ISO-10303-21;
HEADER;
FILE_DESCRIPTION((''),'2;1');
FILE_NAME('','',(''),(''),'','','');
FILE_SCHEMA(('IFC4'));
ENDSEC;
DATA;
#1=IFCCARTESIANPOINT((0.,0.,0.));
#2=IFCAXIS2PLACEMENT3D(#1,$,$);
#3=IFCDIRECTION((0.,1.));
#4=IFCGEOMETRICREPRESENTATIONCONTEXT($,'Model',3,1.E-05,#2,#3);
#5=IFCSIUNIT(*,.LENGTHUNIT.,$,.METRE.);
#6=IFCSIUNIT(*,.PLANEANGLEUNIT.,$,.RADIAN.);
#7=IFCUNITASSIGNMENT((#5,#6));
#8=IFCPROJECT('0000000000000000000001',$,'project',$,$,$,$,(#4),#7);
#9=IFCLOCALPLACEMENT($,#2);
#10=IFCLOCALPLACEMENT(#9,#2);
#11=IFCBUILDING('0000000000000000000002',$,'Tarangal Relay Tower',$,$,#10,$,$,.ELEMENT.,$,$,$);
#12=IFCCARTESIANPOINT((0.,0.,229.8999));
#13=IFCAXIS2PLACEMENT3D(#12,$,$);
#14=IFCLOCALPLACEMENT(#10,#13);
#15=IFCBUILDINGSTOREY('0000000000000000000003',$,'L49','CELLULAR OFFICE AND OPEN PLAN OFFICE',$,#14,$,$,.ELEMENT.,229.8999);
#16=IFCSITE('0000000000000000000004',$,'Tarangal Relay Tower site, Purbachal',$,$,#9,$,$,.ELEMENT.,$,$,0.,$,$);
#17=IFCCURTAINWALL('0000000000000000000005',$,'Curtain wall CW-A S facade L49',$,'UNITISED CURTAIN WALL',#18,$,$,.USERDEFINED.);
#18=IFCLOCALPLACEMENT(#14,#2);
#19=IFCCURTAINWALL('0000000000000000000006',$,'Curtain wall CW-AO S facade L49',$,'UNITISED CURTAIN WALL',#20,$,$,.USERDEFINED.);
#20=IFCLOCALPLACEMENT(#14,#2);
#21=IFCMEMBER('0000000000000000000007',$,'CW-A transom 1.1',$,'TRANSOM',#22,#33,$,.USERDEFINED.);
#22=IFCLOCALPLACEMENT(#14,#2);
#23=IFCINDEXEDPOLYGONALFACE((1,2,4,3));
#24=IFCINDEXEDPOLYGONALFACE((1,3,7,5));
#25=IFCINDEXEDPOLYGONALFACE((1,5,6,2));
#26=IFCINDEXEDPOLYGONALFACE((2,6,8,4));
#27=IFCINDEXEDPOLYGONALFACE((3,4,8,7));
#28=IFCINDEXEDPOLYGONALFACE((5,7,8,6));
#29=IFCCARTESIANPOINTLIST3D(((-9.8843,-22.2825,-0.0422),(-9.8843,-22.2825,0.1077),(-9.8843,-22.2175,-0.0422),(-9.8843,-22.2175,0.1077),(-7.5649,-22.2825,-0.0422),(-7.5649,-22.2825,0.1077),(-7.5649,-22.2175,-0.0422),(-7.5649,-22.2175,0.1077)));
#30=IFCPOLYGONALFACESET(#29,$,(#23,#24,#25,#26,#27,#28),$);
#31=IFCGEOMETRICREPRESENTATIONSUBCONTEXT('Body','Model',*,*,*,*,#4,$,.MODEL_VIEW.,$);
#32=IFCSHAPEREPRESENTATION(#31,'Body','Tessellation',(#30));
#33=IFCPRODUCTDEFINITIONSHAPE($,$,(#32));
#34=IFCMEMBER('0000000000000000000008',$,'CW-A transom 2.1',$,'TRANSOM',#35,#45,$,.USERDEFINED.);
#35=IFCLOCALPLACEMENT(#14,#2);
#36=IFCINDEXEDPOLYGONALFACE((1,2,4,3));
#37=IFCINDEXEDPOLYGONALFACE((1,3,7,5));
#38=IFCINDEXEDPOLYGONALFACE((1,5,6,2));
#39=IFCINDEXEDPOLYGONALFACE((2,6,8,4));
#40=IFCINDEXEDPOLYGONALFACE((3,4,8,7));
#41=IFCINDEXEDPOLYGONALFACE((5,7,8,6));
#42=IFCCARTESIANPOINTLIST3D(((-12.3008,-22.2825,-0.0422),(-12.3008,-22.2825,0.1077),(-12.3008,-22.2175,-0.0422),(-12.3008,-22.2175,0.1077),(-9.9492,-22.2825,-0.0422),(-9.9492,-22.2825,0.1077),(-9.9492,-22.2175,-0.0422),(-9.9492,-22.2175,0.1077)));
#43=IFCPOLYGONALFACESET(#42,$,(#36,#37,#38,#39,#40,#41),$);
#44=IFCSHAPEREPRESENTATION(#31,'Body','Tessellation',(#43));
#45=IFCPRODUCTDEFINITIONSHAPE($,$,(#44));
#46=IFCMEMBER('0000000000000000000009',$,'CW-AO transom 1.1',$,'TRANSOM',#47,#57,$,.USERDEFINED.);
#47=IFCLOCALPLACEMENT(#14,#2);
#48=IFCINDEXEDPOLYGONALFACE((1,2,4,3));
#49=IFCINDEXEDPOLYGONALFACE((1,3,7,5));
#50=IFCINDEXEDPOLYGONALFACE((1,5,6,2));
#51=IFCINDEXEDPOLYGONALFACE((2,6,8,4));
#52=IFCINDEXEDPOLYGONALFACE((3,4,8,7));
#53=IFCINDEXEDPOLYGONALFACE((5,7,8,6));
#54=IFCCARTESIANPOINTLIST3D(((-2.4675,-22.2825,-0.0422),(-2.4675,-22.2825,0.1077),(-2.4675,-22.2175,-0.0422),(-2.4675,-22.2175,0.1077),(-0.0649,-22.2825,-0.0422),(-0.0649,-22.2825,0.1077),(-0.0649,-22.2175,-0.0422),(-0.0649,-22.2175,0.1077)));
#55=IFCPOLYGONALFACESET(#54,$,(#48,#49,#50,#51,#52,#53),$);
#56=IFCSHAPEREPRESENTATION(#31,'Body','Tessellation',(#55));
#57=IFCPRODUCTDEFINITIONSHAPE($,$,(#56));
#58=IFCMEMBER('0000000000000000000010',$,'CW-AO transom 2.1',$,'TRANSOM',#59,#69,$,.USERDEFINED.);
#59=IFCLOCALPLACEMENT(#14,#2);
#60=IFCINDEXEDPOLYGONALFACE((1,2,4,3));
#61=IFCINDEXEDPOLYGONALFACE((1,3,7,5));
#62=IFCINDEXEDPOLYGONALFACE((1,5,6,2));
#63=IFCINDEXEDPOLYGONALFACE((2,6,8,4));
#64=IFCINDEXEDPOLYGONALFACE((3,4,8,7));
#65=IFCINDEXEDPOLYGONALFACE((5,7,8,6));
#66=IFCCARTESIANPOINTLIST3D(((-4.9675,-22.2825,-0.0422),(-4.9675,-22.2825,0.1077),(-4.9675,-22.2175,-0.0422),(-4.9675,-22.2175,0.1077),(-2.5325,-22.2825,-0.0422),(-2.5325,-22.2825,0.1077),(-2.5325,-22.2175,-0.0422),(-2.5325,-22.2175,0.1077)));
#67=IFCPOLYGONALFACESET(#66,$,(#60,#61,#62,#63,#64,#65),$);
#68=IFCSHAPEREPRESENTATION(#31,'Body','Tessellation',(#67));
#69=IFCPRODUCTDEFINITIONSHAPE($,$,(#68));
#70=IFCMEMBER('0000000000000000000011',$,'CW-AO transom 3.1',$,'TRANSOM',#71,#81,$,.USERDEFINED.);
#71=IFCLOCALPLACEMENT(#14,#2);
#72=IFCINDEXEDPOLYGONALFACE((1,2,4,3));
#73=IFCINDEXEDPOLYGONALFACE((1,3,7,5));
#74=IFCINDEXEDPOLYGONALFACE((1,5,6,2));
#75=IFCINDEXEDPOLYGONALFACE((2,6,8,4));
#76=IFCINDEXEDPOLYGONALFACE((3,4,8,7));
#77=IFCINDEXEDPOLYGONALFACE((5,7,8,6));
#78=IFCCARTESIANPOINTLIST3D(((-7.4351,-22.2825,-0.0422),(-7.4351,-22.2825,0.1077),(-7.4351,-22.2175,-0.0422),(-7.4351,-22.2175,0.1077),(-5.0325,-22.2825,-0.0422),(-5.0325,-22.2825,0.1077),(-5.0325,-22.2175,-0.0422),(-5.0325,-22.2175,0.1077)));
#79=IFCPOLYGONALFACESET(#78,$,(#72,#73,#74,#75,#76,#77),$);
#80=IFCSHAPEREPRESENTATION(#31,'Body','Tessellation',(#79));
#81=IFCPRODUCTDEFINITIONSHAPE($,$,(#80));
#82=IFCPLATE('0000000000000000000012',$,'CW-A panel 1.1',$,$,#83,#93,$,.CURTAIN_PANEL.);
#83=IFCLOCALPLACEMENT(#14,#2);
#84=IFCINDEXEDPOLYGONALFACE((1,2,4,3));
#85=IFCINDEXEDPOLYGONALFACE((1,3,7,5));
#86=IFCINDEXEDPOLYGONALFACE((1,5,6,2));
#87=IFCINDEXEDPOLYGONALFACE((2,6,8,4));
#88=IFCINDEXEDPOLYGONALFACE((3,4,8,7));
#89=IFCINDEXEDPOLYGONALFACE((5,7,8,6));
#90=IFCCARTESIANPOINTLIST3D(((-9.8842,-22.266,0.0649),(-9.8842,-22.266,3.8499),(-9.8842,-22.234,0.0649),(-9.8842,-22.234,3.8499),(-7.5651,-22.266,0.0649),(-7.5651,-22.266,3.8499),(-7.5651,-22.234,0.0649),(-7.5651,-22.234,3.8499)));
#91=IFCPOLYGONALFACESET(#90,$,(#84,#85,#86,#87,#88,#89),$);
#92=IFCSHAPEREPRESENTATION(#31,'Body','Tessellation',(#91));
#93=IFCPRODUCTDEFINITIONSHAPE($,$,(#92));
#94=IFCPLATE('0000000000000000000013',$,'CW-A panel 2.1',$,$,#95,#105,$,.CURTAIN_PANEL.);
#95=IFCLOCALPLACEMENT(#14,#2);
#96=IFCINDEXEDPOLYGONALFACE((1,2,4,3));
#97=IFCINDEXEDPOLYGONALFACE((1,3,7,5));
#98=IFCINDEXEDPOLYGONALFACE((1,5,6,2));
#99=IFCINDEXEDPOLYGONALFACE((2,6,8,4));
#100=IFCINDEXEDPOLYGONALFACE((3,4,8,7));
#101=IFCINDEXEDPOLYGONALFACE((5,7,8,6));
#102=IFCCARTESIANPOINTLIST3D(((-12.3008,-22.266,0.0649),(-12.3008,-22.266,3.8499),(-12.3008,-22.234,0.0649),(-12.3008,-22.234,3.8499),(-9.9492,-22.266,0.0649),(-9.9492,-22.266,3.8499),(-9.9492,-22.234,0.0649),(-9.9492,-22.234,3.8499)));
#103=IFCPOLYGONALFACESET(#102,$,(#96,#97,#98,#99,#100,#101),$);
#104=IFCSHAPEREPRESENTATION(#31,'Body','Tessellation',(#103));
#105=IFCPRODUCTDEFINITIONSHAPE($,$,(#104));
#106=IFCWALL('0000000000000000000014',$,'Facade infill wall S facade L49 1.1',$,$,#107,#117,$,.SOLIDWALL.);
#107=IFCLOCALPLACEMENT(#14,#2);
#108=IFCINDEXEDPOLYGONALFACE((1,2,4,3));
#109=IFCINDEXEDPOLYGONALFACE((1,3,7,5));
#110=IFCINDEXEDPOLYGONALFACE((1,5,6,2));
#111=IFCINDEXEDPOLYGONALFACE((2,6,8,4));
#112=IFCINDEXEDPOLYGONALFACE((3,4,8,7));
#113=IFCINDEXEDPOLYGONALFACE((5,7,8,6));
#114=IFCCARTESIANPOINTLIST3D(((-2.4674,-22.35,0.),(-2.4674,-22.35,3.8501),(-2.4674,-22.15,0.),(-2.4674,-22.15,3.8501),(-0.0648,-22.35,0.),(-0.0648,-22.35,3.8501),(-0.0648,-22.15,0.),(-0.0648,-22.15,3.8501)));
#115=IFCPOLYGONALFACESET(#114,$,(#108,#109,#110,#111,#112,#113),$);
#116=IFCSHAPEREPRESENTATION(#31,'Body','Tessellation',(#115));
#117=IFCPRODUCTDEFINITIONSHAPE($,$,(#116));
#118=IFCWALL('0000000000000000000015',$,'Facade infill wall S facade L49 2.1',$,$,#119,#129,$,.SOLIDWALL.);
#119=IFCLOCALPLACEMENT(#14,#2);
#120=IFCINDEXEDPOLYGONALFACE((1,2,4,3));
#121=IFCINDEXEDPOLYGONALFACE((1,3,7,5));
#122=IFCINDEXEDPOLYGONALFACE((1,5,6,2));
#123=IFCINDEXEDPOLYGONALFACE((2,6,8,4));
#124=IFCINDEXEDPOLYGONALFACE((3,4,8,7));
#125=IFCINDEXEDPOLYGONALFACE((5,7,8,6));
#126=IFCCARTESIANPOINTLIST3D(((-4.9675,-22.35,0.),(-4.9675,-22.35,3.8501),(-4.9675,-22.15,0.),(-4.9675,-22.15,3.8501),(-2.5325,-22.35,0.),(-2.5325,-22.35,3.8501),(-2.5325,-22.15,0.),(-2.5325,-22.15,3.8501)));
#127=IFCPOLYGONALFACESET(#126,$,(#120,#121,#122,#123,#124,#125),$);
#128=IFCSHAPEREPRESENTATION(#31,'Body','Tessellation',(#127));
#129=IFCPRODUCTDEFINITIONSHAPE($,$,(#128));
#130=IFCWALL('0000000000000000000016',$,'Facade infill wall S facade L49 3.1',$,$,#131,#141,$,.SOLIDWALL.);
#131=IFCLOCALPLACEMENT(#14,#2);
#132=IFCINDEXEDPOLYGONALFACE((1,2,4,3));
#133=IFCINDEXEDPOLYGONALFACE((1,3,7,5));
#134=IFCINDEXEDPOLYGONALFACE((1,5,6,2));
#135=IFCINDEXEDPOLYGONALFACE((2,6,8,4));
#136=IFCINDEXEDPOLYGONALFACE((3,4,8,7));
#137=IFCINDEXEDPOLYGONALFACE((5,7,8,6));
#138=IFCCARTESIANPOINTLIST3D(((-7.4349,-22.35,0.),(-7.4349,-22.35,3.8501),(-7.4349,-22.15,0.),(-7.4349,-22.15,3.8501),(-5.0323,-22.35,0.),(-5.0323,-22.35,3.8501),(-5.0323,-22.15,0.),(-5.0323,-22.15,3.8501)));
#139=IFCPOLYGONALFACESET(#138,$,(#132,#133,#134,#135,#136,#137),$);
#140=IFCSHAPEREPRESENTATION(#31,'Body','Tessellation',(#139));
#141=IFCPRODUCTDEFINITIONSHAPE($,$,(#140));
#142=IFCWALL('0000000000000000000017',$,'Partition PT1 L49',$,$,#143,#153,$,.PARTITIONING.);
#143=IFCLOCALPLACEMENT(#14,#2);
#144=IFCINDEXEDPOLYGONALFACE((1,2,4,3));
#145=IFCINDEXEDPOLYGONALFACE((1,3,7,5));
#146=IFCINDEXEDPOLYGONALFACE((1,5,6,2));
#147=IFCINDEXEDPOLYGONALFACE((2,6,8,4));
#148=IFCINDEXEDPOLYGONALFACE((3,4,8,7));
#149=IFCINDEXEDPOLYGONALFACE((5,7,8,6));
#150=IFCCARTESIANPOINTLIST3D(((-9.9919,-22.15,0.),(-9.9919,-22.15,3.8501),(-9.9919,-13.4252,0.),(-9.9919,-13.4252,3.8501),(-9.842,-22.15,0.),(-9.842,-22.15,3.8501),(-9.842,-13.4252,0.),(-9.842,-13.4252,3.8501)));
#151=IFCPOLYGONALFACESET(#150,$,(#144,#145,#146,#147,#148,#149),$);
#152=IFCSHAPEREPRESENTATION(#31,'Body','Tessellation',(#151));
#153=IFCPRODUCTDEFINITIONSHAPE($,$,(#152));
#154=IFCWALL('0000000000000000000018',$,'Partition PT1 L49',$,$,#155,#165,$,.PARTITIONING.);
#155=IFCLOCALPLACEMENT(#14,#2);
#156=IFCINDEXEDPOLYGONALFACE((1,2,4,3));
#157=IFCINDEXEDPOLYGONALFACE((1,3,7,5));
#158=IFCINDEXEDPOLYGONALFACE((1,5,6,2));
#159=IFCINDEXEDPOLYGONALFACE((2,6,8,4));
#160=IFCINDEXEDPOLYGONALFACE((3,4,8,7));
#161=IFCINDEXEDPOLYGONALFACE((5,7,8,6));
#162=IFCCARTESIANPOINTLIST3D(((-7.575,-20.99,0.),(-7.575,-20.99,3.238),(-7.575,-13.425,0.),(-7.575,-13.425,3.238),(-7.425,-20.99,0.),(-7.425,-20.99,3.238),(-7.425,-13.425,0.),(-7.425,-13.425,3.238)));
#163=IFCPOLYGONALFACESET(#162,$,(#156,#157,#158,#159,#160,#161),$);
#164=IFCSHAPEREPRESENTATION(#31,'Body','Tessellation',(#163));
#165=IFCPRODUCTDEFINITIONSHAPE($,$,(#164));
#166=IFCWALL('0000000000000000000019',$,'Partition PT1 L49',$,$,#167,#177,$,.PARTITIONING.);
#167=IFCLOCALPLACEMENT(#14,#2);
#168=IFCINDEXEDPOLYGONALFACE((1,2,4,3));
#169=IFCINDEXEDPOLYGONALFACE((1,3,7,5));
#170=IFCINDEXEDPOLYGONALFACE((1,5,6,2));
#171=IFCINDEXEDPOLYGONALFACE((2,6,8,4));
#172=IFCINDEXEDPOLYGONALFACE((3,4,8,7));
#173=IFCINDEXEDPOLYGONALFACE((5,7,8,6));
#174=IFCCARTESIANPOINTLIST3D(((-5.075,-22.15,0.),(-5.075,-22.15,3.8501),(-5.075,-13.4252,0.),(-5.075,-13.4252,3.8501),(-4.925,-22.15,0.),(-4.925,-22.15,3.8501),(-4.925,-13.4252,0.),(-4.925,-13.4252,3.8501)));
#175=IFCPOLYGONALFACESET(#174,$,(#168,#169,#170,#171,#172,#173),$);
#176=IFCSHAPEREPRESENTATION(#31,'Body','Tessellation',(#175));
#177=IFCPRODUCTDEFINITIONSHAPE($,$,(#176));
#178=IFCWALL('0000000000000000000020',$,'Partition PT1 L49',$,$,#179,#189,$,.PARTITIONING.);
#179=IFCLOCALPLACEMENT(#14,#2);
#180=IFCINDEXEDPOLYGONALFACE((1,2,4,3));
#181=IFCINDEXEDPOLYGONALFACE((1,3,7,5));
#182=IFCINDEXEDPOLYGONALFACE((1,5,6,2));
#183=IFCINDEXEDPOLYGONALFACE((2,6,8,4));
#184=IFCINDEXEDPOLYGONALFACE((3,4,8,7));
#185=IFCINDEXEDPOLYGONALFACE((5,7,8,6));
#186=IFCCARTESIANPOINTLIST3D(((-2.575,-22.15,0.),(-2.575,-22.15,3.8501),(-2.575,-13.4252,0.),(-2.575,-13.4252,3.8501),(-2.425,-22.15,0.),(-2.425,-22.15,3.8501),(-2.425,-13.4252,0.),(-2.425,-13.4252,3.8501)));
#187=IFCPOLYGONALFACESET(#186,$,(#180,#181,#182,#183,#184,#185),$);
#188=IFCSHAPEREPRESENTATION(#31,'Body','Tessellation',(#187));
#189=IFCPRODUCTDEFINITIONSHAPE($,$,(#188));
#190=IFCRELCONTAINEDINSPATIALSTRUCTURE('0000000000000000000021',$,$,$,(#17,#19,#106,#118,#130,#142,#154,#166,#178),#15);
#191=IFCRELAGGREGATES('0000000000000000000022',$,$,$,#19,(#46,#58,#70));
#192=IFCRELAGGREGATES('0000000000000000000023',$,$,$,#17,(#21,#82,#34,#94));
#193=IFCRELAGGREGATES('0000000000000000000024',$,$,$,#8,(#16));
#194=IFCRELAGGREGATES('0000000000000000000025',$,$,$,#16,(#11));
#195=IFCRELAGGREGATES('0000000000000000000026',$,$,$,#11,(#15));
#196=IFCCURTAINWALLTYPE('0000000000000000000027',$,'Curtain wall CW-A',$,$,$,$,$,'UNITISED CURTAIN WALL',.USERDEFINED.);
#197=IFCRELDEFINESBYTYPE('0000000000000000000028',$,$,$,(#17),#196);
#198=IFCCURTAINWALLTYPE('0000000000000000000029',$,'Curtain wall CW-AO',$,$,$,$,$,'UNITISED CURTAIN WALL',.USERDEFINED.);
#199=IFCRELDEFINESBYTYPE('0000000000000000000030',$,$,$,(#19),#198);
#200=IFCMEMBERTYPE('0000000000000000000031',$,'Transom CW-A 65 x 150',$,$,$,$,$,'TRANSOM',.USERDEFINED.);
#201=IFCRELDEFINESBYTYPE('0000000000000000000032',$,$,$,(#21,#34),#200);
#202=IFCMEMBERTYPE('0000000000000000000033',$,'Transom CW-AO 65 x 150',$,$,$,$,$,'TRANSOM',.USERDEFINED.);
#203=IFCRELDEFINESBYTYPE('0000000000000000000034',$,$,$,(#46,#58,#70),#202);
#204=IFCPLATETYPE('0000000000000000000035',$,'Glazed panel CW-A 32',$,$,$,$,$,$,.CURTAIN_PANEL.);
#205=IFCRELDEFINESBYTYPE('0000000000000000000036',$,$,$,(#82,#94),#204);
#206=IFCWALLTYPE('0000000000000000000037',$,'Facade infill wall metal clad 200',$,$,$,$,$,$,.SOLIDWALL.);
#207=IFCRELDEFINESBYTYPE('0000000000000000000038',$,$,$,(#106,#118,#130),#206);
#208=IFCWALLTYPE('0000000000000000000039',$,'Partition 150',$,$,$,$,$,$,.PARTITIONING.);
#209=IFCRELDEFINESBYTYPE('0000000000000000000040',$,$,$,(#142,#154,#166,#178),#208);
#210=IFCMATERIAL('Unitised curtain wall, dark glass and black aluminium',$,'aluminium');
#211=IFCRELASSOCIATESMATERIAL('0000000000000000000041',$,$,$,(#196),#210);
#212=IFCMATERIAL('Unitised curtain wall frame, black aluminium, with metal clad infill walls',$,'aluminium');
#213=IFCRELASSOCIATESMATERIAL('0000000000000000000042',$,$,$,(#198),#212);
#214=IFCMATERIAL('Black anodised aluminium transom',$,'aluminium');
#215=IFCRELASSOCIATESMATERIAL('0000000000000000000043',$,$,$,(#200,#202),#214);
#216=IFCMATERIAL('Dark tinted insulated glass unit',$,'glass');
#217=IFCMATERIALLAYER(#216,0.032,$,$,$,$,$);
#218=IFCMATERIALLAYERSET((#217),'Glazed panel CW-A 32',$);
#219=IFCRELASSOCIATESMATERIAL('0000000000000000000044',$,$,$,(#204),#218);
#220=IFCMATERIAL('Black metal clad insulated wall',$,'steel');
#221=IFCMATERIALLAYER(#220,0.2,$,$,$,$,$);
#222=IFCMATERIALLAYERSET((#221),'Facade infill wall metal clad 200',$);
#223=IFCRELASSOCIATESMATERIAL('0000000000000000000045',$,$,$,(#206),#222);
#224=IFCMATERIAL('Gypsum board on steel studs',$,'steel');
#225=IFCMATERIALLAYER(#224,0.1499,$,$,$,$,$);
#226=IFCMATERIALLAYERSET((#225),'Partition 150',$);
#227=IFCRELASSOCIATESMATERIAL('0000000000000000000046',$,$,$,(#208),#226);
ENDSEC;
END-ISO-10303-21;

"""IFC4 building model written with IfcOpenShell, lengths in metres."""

from ifc_helpers import new_model, si_unit, direction, frame, frame_2d, origin, origin_2d, place, context, subcontext, project, spatial, rectangle, extrude, material, layer, layer_set, material_profile, profile_set, type_object, element, aggregate, save


model = new_model("IFC4")

# Units and contexts
model_context = context("Model", 3, precision=1e-05, world=origin(), true_north=direction((0.0, 1.0)))
body_context = subcontext(model_context, "Body", "Model", "MODEL_VIEW")
ifc_project = project(units=[si_unit("LENGTHUNIT", "METRE"), si_unit("PLANEANGLEUNIT", "RADIAN")], contexts=[model_context])

# Site, building, storey
site_placement = place(None, origin())
site = spatial("IfcSite", under=ifc_project, at=site_placement, Name="Tarangal Relay Tower site, Purbachal", CompositionType="ELEMENT", RefElevation=0.0)
building_placement = place(site_placement, origin())
building = spatial("IfcBuilding", under=site, at=building_placement, Name="Tarangal Relay Tower", CompositionType="ELEMENT")
storey_placement = place(building_placement, frame((0.0, 0.0, 229.8999)))
storey = spatial("IfcBuildingStorey", under=building, at=storey_placement, Name="L49", Description="CELLULAR OFFICE AND OPEN PLAN OFFICE", CompositionType="ELEMENT", Elevation=229.8999)

# Curtain walls
ifc_material_1 = material(Name="Unitised curtain wall, dark glass and black aluminium", Category="aluminium")
curtain_wall_type_1 = type_object("IfcCurtainWallType", Name="Curtain wall CW-A", ElementType="UNITISED CURTAIN WALL", PredefinedType="USERDEFINED", material=ifc_material_1)
curtain_wall_1_placement = place(storey_placement, origin())
curtain_wall_1 = element("IfcCurtainWall", 1, at=curtain_wall_1_placement, inside=storey, type_object=curtain_wall_type_1, Name="Curtain wall CW-A S facade L49", ObjectType="UNITISED CURTAIN WALL", PredefinedType="USERDEFINED")
ifc_material_2 = material(Name="Unitised curtain wall frame, black aluminium, with metal clad infill walls", Category="aluminium")
curtain_wall_type_2 = type_object("IfcCurtainWallType", Name="Curtain wall CW-AO", ElementType="UNITISED CURTAIN WALL", PredefinedType="USERDEFINED", material=ifc_material_2)
curtain_wall_2_placement = place(storey_placement, origin())
curtain_wall_2 = element("IfcCurtainWall", 2, at=curtain_wall_2_placement, inside=storey, type_object=curtain_wall_type_2, Name="Curtain wall CW-AO S facade L49", ObjectType="UNITISED CURTAIN WALL", PredefinedType="USERDEFINED")

# Members
ifc_material_3 = material(Name="Black anodised aluminium transom", Category="aluminium")
ifc_material_profile_1 = material_profile(ifc_material_3, rectangle(XDim=0.0649, YDim=0.1499, at=origin_2d()), Name="CW-AT 65X150")
ifc_profile_set_1 = profile_set([ifc_material_profile_1], Name="Black anodised aluminium transom")
member_type_1 = type_object("IfcMemberType", Name="Transom CW-A 65 x 150", ElementType="TRANSOM", PredefinedType="USERDEFINED", material=ifc_profile_set_1)
member_1_placement = place(storey_placement, frame((-7.5649, -22.25, 0.0327), z_axis=(-1.0, 0.0, 0.0), x_axis=(0.0, -1.0, 0.0)))
member_1 = element("IfcMember", 3, at=member_1_placement, type_object=member_type_1, Name="CW-A transom 1.1", ObjectType="TRANSOM", PredefinedType="USERDEFINED", context=body_context, shape_type="SweptSolid", body=[
    extrude(rectangle(XDim=0.0649, YDim=0.1499, at=origin_2d()), origin(), (0.0, 0.0, 1.0), 2.3193),
])
member_2_placement = place(storey_placement, frame((-9.9492, -22.25, 0.0327), z_axis=(-1.0, 0.0, 0.0), x_axis=(0.0, -1.0, 0.0)))
member_2 = element("IfcMember", 4, at=member_2_placement, type_object=member_type_1, Name="CW-A transom 2.1", ObjectType="TRANSOM", PredefinedType="USERDEFINED", context=body_context, shape_type="SweptSolid", body=[
    extrude(rectangle(XDim=0.0649, YDim=0.1499, at=origin_2d()), origin(), (0.0, 0.0, 1.0), 2.3516),
])
ifc_material_profile_2 = material_profile(ifc_material_3, rectangle(XDim=0.0649, YDim=0.1499, at=origin_2d()), Name="CW-AOT 65X150")
ifc_profile_set_2 = profile_set([ifc_material_profile_2], Name="Black anodised aluminium transom")
member_type_2 = type_object("IfcMemberType", Name="Transom CW-AO 65 x 150", ElementType="TRANSOM", PredefinedType="USERDEFINED", material=ifc_profile_set_2)
member_3_placement = place(storey_placement, frame((-0.0649, -22.25, 0.0327), z_axis=(-1.0, 0.0, 0.0), x_axis=(0.0, -1.0, 0.0)))
member_3 = element("IfcMember", 5, at=member_3_placement, type_object=member_type_2, Name="CW-AO transom 1.1", ObjectType="TRANSOM", PredefinedType="USERDEFINED", context=body_context, shape_type="SweptSolid", body=[
    extrude(rectangle(XDim=0.0649, YDim=0.1499, at=origin_2d()), origin(), (0.0, 0.0, 1.0), 2.4026),
])
member_4_placement = place(storey_placement, frame((-2.5325, -22.25, 0.0327), z_axis=(-1.0, 0.0, 0.0), x_axis=(0.0, -1.0, 0.0)))
member_4 = element("IfcMember", 6, at=member_4_placement, type_object=member_type_2, Name="CW-AO transom 2.1", ObjectType="TRANSOM", PredefinedType="USERDEFINED", context=body_context, shape_type="SweptSolid", body=[
    extrude(rectangle(XDim=0.0649, YDim=0.1499, at=origin_2d()), origin(), (0.0, 0.0, 1.0), 2.4351),
])
member_5_placement = place(storey_placement, frame((-5.0325, -22.25, 0.0327), z_axis=(-1.0, 0.0, 0.0), x_axis=(0.0, -1.0, 0.0)))
member_5 = element("IfcMember", 7, at=member_5_placement, type_object=member_type_2, Name="CW-AO transom 3.1", ObjectType="TRANSOM", PredefinedType="USERDEFINED", context=body_context, shape_type="SweptSolid", body=[
    extrude(rectangle(XDim=0.0649, YDim=0.1499, at=origin_2d()), origin(), (0.0, 0.0, 1.0), 2.4026),
])
aggregate(curtain_wall_2, [member_3, member_4, member_5])

# Plates
ifc_material_4 = material(Name="Dark tinted insulated glass unit", Category="glass")
ifc_layer_1 = layer(ifc_material_4, 0.032)
ifc_layer_set_1 = layer_set([ifc_layer_1], Name="Glazed panel CW-A 32")
plate_type = type_object("IfcPlateType", Name="Glazed panel CW-A 32", PredefinedType="CURTAIN_PANEL", material=ifc_layer_set_1)
plate_1_placement = place(storey_placement, frame((-8.7246, -22.25, 0.0649), z_axis=(0.0, 0.0, 1.0), x_axis=(-1.0, 0.0, 0.0)))
plate_1 = element("IfcPlate", 8, at=plate_1_placement, type_object=plate_type, Name="CW-A panel 1.1", PredefinedType="CURTAIN_PANEL", context=body_context, shape_type="SweptSolid", body=[
    extrude(rectangle(XDim=2.3191, YDim=0.032, at=origin_2d()), origin(), (0.0, 0.0, 1.0), 3.7849),
])
plate_2_placement = place(storey_placement, frame((-11.125, -22.25, 0.0649), z_axis=(0.0, 0.0, 1.0), x_axis=(-1.0, 0.0, 0.0)))
plate_2 = element("IfcPlate", 9, at=plate_2_placement, type_object=plate_type, Name="CW-A panel 2.1", PredefinedType="CURTAIN_PANEL", context=body_context, shape_type="SweptSolid", body=[
    extrude(rectangle(XDim=2.3516, YDim=0.032, at=origin_2d()), origin(), (0.0, 0.0, 1.0), 3.7849),
])
aggregate(curtain_wall_1, [member_1, plate_1, member_2, plate_2])

# Walls
ifc_material_5 = material(Name="Black metal clad insulated wall", Category="steel")
ifc_layer_2 = layer(ifc_material_5, 0.2)
ifc_layer_set_2 = layer_set([ifc_layer_2], Name="Facade infill wall metal clad 200")
wall_type_1 = type_object("IfcWallType", Name="Facade infill wall metal clad 200", PredefinedType="SOLIDWALL", material=ifc_layer_set_2)
wall_1_placement = place(storey_placement, frame((-0.0649, -22.25, 0.0), z_axis=(0.0, 0.0, 1.0), x_axis=(-1.0, 0.0, 0.0)))
element("IfcWall", 10, at=wall_1_placement, inside=storey, type_object=wall_type_1, Name="Facade infill wall S facade L49 1.1", PredefinedType="SOLIDWALL", context=body_context, shape_type="SweptSolid", body=[
    extrude(rectangle(XDim=2.4026, YDim=0.2, at=frame_2d((1.2012, 0.0))), origin(), (0.0, 0.0, 1.0), 3.8501),
])
wall_2_placement = place(storey_placement, frame((-2.5325, -22.25, 0.0), z_axis=(0.0, 0.0, 1.0), x_axis=(-1.0, 0.0, 0.0)))
element("IfcWall", 11, at=wall_2_placement, inside=storey, type_object=wall_type_1, Name="Facade infill wall S facade L49 2.1", PredefinedType="SOLIDWALL", context=body_context, shape_type="SweptSolid", body=[
    extrude(rectangle(XDim=2.4351, YDim=0.2, at=frame_2d((1.2175, 0.0))), origin(), (0.0, 0.0, 1.0), 3.8501),
])
wall_3_placement = place(storey_placement, frame((-5.0325, -22.25, 0.0), z_axis=(0.0, 0.0, 1.0), x_axis=(-1.0, 0.0, 0.0)))
element("IfcWall", 12, at=wall_3_placement, inside=storey, type_object=wall_type_1, Name="Facade infill wall S facade L49 3.1", PredefinedType="SOLIDWALL", context=body_context, shape_type="SweptSolid", body=[
    extrude(rectangle(XDim=2.4026, YDim=0.2, at=frame_2d((1.2012, 0.0))), origin(), (0.0, 0.0, 1.0), 3.8501),
])
ifc_material_6 = material(Name="Gypsum board on steel studs", Category="steel")
ifc_layer_3 = layer(ifc_material_6, 0.1499)
ifc_layer_set_3 = layer_set([ifc_layer_3], Name="Partition 150")
wall_type_2 = type_object("IfcWallType", Name="Partition 150", PredefinedType="PARTITIONING", material=ifc_layer_set_3)
wall_4_placement = place(storey_placement, frame((-9.917, -22.1499, 0.0), z_axis=(0.0, 0.0, 1.0), x_axis=(0.0, 1.0, 0.0)))
element("IfcWall", 13, at=wall_4_placement, inside=storey, type_object=wall_type_2, Name="Partition PT1 L49", PredefinedType="PARTITIONING", context=body_context, shape_type="SweptSolid", body=[
    extrude(rectangle(XDim=8.7249, YDim=0.1499, at=frame_2d((4.3623, 0.0))), origin(), (0.0, 0.0, 1.0), 3.8501),
])
wall_5_placement = place(storey_placement, frame((-7.5, -20.99, 0.0), z_axis=(0.0, 0.0, 1.0), x_axis=(0.0, 1.0, 0.0)))
element("IfcWall", 14, at=wall_5_placement, inside=storey, type_object=wall_type_2, Name="Partition PT1 L49", PredefinedType="PARTITIONING", context=body_context, shape_type="SweptSolid", body=[
    extrude(rectangle(XDim=7.5649, YDim=0.1499, at=frame_2d((3.7825, 0.0))), origin(), (0.0, 0.0, 1.0), 3.238),
])
for number, where, z_axis, x_axis, name in (
    (15, (-5.0, -22.1499, 0.0), (0.0, 0.0, 1.0), (0.0, 1.0, 0.0), "Partition PT1 L49"),
    (16, (-2.5, -22.1499, 0.0), (0.0, 0.0, 1.0), (0.0, 1.0, 0.0), "Partition PT1 L49"),
):
    element("IfcWall", number, at=place(storey_placement, frame(where, z_axis=z_axis, x_axis=x_axis)), inside=storey, type_object=wall_type_2, Name=name, PredefinedType="PARTITIONING", context=body_context, shape_type="SweptSolid", body=[
        extrude(rectangle(XDim=8.7249, YDim=0.1499, at=frame_2d((4.3623, 0.0))), origin(), (0.0, 0.0, 1.0), 3.8501),
    ])

save(model, "model.ifc")
